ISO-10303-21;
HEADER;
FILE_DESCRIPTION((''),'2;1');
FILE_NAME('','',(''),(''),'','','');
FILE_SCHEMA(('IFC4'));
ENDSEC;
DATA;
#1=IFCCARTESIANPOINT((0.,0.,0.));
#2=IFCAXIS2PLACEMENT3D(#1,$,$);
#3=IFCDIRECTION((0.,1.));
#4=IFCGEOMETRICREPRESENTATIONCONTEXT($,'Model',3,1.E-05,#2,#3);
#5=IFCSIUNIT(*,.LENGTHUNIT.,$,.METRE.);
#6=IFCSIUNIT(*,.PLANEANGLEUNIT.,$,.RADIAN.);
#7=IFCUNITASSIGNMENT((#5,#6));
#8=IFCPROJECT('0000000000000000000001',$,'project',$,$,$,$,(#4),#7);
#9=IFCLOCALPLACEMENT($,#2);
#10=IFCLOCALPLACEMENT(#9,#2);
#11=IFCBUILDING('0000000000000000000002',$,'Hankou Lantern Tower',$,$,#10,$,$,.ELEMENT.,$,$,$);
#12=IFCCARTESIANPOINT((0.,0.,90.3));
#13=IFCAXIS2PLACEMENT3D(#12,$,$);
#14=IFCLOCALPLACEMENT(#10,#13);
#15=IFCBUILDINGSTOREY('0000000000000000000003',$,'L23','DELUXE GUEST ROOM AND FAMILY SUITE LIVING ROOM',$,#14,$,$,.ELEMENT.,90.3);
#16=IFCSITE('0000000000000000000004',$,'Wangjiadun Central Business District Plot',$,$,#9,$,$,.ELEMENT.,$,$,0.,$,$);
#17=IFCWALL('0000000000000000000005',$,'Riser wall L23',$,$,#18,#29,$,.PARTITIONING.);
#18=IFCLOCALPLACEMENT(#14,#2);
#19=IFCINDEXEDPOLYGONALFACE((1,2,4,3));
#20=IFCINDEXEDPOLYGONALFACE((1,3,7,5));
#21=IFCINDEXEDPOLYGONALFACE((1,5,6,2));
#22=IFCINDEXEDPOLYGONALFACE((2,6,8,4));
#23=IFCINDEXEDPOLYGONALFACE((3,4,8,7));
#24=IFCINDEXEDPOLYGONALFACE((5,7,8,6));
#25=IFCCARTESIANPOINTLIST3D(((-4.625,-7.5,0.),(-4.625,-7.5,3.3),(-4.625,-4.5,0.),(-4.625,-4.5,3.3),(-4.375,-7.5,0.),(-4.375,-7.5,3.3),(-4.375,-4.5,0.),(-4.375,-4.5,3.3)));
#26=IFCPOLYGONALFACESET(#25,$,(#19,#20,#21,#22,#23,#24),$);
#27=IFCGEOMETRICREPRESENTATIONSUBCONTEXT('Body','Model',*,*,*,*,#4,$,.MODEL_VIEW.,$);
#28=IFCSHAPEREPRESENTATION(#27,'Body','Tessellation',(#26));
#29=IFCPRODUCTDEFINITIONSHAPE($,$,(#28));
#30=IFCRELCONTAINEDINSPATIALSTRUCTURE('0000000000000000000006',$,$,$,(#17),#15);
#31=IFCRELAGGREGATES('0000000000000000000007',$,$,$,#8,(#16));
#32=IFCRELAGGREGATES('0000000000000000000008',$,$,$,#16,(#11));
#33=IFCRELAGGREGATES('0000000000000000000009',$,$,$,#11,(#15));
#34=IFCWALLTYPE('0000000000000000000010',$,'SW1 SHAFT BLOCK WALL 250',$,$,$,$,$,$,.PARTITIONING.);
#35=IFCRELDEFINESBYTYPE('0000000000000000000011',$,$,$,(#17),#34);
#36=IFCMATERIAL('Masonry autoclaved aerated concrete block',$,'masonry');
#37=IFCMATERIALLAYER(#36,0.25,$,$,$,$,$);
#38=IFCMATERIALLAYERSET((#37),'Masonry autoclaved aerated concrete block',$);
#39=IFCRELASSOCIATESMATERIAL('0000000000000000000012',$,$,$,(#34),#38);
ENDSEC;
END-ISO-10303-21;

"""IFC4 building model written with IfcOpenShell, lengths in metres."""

from ifc_helpers import new_model, si_unit, direction, frame, frame_2d, origin, place, context, subcontext, project, spatial, rectangle, extrude, material, layer, layer_set, type_object, element, save


model = new_model("IFC4")

# Units and contexts
model_context = context("Model", 3, precision=1e-05, world=origin(), true_north=direction((0.0, 1.0)))
body_context = subcontext(model_context, "Body", "Model", "MODEL_VIEW")
ifc_project = project(units=[si_unit("LENGTHUNIT", "METRE"), si_unit("PLANEANGLEUNIT", "RADIAN")], contexts=[model_context])

# Site, building, storey
site_placement = place(None, origin())
site = spatial("IfcSite", under=ifc_project, at=site_placement, Name="Wangjiadun Central Business District Plot", CompositionType="ELEMENT", RefElevation=0.0)
building_placement = place(site_placement, origin())
building = spatial("IfcBuilding", under=site, at=building_placement, Name="Hankou Lantern Tower", CompositionType="ELEMENT")
storey_placement = place(building_placement, frame((0.0, 0.0, 90.3)))
storey = spatial("IfcBuildingStorey", under=building, at=storey_placement, Name="L23", Description="DELUXE GUEST ROOM AND FAMILY SUITE LIVING ROOM", CompositionType="ELEMENT", Elevation=90.3)

# Wall
ifc_material_1 = material(Name="Masonry autoclaved aerated concrete block", Category="masonry")
ifc_layer_1 = layer(ifc_material_1, 0.25)
ifc_layer_set_1 = layer_set([ifc_layer_1], Name="Masonry autoclaved aerated concrete block")
wall_type_1 = type_object("IfcWallType", Name="SW1 SHAFT BLOCK WALL 250", PredefinedType="PARTITIONING", material=ifc_layer_set_1)
wall_1_placement = place(storey_placement, frame((-4.5, -7.5, 0.0), z_axis=(0.0, 0.0, 1.0), x_axis=(0.0, 1.0, 0.0)))
element("IfcWall", 1, at=wall_1_placement, inside=storey, type_object=wall_type_1, Name="Riser wall L23", PredefinedType="PARTITIONING", context=body_context, shape_type="SweptSolid", body=[
    extrude(rectangle(XDim=3.0, YDim=0.25, at=frame_2d((1.5, 0.0))), origin(), (0.0, 0.0, 1.0), 3.3),
])

save(model, "model.ifc")
